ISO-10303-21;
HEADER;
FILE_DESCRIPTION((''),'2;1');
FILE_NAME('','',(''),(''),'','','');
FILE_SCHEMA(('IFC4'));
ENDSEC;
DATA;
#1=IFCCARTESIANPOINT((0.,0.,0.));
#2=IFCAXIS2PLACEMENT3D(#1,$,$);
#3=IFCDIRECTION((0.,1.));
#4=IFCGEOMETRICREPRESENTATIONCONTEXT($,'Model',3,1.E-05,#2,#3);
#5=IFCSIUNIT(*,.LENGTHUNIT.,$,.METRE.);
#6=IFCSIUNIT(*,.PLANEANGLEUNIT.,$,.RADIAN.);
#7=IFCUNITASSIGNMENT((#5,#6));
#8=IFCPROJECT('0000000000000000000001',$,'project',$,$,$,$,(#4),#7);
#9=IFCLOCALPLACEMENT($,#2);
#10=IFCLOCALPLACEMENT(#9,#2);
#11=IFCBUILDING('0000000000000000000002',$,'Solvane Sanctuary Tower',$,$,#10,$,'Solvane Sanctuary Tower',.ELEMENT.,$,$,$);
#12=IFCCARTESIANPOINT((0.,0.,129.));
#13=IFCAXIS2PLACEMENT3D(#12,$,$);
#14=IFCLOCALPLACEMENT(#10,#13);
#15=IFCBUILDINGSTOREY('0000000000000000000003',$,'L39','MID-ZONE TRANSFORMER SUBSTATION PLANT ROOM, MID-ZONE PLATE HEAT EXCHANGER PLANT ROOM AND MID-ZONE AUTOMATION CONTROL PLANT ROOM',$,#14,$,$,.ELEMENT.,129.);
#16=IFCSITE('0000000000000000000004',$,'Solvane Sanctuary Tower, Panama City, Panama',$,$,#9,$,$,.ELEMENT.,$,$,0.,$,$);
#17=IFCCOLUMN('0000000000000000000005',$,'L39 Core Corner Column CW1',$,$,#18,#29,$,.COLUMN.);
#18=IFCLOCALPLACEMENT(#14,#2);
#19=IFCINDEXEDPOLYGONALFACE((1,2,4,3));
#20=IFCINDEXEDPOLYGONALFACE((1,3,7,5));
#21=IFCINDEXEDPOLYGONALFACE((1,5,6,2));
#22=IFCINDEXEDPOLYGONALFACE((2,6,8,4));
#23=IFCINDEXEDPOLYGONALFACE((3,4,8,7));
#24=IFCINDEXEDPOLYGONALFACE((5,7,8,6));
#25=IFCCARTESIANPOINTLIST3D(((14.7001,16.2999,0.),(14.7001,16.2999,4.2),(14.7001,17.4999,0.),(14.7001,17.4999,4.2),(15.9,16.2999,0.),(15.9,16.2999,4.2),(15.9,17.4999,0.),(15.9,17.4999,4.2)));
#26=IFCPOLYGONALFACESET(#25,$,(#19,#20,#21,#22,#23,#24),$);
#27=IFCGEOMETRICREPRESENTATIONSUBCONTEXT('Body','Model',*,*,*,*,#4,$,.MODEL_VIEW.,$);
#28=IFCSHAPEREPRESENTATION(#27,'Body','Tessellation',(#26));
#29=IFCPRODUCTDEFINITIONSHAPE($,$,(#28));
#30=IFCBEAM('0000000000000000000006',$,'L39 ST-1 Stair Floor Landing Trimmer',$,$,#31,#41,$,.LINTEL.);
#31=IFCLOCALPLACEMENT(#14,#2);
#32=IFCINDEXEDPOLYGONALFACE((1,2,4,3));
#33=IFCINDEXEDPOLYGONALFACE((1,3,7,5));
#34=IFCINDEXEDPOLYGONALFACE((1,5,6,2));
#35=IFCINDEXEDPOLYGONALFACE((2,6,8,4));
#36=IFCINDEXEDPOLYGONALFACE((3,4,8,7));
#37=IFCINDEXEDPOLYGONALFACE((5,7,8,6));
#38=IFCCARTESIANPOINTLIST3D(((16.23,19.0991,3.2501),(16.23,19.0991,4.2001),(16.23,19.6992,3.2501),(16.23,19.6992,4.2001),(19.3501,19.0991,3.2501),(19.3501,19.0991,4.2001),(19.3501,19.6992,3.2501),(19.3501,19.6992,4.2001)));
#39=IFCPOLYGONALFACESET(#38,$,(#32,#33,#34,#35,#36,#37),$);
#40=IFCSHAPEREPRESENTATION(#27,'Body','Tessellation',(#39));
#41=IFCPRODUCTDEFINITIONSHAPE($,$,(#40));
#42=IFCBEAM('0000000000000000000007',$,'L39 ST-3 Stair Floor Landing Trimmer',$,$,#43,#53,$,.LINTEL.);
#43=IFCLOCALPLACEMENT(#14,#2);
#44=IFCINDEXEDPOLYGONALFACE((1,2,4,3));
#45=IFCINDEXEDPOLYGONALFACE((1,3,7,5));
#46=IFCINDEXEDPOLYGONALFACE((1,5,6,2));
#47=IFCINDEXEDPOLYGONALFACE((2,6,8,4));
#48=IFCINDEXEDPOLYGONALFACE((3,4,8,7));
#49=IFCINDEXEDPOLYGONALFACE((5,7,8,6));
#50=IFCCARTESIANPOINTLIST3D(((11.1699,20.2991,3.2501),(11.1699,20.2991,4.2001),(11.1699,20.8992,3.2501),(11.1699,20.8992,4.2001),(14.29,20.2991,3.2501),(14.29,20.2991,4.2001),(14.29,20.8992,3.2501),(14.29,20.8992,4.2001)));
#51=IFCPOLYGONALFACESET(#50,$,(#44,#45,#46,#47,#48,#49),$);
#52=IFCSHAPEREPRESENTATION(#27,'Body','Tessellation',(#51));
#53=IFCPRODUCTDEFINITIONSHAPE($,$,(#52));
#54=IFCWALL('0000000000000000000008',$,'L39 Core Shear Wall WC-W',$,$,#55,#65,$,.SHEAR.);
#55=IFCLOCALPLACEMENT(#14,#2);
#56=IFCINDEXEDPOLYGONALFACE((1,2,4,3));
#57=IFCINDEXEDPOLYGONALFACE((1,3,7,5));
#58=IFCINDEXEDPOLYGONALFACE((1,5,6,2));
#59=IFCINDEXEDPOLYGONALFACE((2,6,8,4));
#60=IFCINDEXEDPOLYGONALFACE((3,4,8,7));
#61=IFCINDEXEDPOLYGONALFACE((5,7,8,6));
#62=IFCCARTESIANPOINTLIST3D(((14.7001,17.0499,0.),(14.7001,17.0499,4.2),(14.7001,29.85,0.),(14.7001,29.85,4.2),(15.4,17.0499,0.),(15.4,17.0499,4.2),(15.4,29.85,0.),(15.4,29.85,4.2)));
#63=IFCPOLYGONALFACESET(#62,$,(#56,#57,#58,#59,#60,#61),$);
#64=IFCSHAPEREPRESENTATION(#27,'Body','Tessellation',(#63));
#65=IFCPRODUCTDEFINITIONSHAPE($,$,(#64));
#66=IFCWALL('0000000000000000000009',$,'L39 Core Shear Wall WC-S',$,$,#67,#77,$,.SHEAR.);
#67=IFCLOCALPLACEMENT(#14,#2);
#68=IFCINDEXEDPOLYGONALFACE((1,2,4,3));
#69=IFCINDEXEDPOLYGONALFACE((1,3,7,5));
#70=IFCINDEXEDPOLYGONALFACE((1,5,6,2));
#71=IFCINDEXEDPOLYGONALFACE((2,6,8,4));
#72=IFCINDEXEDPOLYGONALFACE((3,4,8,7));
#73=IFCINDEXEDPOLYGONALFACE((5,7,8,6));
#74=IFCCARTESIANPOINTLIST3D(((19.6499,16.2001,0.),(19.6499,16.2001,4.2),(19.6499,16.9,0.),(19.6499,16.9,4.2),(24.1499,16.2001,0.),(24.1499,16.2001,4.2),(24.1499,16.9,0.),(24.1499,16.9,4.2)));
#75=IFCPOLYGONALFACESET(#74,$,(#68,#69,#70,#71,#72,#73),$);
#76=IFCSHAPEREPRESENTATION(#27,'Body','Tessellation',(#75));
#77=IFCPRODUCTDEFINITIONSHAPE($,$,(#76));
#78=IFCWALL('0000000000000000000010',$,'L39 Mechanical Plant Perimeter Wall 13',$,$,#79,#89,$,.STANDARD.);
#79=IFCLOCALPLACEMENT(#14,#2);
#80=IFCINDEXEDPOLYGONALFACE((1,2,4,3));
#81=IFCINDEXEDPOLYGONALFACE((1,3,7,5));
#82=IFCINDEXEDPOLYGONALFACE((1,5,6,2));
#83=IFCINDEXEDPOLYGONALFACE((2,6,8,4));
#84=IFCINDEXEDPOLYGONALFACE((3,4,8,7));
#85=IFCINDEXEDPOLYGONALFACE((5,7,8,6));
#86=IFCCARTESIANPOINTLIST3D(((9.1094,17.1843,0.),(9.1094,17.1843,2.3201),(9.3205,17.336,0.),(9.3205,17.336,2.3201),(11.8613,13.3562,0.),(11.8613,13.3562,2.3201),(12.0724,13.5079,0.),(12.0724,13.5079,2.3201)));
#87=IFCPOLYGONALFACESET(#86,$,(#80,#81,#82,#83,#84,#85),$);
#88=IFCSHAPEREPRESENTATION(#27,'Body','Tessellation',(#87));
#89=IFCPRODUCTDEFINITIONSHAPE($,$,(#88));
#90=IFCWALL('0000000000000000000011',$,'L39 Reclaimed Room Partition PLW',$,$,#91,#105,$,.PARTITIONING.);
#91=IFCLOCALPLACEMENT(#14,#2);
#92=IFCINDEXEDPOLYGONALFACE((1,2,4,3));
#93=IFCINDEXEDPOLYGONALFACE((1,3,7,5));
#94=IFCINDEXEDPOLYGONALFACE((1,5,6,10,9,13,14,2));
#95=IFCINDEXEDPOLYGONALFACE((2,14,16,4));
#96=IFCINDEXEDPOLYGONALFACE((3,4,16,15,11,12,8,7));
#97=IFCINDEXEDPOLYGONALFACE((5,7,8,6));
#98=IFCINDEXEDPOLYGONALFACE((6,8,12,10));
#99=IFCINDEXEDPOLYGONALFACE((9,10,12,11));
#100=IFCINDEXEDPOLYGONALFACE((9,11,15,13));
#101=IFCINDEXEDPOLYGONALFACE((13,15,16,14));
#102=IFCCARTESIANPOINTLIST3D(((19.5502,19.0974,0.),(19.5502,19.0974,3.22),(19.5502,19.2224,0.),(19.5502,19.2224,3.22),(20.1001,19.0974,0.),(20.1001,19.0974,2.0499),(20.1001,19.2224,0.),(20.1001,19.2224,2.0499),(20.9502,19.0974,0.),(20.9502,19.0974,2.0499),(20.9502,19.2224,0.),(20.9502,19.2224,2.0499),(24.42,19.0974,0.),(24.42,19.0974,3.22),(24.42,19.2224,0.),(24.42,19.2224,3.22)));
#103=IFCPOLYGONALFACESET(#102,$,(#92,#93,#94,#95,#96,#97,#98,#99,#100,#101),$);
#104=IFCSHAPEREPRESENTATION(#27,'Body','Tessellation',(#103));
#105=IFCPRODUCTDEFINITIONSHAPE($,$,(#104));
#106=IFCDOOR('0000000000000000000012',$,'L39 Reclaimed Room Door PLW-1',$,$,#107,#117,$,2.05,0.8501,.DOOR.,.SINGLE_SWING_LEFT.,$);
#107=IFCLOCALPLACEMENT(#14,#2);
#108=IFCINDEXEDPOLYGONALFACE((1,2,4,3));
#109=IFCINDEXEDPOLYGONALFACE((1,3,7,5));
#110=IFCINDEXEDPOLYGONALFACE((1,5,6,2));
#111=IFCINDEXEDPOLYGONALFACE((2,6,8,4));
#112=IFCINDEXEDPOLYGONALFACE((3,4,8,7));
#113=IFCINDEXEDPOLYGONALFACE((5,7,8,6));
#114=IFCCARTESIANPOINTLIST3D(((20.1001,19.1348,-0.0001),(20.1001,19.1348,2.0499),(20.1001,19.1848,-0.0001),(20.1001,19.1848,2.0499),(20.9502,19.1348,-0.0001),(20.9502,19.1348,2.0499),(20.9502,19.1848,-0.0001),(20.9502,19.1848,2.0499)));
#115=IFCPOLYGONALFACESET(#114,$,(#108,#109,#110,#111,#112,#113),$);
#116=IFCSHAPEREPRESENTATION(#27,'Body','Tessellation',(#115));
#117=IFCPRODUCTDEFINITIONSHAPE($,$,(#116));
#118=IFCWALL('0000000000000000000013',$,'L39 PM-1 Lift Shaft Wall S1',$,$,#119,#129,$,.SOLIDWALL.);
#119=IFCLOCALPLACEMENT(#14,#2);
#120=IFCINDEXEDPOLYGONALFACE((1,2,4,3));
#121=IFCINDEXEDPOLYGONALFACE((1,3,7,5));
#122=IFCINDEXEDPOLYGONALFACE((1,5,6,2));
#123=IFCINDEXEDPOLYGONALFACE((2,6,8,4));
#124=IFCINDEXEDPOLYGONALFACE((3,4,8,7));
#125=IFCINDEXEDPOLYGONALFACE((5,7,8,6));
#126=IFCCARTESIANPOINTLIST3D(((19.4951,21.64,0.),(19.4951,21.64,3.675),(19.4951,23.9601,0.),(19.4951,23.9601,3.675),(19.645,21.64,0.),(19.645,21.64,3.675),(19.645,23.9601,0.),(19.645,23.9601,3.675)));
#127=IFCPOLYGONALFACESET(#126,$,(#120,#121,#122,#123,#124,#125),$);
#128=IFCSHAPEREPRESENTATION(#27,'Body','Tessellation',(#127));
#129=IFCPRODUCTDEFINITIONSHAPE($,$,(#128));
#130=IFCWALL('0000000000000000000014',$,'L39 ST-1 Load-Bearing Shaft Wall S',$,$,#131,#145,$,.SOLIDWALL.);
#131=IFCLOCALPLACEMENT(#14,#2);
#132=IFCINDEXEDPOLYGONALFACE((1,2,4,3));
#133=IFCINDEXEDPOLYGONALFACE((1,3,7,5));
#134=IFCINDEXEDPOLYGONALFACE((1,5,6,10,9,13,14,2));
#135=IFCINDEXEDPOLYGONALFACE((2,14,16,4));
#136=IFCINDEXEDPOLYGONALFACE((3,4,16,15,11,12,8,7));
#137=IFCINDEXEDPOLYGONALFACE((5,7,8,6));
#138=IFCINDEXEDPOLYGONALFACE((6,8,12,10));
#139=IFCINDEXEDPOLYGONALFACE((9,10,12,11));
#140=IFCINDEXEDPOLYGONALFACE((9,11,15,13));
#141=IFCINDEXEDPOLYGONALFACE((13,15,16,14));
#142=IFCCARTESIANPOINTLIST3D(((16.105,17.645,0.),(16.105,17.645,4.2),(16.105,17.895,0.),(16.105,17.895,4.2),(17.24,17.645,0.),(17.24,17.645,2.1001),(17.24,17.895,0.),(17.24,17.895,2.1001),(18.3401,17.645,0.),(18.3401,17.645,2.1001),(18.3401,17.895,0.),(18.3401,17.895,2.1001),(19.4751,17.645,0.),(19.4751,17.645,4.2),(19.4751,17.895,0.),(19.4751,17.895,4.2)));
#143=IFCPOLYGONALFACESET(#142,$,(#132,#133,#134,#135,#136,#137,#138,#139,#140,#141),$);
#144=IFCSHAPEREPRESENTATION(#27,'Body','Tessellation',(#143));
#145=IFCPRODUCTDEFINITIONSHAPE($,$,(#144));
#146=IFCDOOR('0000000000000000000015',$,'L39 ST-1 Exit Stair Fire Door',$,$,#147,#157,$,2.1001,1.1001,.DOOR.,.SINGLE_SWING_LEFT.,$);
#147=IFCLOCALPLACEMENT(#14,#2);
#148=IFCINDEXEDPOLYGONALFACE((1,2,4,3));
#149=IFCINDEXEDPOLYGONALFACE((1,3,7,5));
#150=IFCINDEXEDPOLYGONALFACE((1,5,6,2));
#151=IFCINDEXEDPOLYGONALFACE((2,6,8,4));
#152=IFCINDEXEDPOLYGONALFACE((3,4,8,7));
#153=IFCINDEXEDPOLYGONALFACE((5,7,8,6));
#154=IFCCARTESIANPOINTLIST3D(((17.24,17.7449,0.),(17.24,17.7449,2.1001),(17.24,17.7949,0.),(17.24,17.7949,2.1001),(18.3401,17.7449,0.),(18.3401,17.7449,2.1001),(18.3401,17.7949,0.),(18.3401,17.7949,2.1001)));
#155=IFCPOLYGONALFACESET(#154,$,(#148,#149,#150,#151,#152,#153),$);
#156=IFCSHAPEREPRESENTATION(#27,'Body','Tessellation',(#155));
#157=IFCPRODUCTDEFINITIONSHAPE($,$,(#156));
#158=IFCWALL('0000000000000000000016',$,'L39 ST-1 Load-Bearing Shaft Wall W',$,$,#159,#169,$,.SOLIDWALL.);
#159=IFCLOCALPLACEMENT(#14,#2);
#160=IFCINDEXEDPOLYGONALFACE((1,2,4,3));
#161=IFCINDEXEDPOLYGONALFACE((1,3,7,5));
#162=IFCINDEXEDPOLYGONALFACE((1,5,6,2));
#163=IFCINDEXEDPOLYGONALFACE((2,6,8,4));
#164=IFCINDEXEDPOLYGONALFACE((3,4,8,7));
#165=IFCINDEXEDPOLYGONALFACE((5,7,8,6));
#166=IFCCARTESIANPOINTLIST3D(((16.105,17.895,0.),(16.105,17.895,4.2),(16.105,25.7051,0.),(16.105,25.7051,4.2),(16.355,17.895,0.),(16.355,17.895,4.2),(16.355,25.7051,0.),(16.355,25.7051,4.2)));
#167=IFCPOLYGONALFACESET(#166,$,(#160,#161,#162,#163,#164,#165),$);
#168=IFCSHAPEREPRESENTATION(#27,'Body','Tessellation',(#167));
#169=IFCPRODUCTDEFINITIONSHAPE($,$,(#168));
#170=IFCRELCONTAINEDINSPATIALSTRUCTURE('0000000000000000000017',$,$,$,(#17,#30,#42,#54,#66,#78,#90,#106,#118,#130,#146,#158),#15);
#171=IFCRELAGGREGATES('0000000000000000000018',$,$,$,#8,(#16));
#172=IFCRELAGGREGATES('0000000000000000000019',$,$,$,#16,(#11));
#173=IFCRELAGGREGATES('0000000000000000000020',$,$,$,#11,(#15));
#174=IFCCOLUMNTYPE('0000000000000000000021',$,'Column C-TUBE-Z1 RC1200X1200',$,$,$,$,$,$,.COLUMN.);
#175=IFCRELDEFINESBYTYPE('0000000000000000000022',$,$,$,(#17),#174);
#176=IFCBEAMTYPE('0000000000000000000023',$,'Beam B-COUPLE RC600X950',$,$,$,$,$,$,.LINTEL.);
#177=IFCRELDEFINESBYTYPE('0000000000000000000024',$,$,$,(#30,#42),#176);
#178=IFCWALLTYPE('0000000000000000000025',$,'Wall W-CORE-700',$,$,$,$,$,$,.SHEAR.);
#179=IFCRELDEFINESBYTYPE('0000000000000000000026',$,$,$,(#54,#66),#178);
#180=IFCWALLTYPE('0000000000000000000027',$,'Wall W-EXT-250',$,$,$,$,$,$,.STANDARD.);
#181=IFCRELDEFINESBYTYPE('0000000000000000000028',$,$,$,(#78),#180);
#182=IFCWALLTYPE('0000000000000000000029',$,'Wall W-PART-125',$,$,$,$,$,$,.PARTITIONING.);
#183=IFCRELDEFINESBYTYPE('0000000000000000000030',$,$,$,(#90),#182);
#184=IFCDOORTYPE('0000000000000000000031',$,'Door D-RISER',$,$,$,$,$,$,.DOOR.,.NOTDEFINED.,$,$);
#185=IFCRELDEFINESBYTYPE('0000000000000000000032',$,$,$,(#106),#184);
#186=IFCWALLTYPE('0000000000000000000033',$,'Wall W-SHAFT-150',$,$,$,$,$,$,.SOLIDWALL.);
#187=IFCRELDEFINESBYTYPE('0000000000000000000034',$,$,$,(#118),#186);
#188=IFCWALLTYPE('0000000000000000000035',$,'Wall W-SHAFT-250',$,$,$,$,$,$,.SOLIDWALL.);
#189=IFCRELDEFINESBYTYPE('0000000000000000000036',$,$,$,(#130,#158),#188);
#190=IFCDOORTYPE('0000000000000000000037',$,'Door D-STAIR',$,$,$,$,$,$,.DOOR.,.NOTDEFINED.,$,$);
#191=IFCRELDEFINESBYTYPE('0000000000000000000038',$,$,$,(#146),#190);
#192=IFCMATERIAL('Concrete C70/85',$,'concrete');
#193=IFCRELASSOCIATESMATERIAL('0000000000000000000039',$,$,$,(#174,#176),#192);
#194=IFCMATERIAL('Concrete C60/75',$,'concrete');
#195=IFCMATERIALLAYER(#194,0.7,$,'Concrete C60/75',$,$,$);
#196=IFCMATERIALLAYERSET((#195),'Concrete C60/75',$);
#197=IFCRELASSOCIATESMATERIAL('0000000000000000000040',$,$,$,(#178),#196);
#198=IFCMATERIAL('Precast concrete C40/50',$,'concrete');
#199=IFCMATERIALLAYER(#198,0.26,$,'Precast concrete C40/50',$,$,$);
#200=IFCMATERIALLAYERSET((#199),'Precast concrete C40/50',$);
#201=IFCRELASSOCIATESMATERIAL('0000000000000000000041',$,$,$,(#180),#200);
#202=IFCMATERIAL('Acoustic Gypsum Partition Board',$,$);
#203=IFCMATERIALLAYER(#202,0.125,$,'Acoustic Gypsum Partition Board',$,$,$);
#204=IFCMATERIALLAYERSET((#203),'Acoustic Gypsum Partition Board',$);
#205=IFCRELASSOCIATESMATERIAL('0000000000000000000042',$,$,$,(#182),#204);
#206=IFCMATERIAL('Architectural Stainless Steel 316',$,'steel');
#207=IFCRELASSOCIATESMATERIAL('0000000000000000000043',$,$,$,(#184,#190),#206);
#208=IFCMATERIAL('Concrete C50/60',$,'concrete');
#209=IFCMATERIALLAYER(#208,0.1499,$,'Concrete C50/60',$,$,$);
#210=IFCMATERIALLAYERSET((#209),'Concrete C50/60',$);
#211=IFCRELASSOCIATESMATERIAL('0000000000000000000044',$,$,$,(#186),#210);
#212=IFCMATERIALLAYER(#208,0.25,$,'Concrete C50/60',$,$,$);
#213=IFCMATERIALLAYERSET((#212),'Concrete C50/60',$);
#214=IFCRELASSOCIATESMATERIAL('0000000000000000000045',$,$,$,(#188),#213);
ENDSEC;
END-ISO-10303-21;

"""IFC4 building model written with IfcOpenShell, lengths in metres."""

from ifc_helpers import new_model, si_unit, direction, frame, frame_2d, origin, origin_2d, place, context, subcontext, project, spatial, rectangle, extrude, material, layer, layer_set, material_profile, profile_set, type_object, element, fill, save


model = new_model("IFC4")

# Units and contexts
model_context = context("Model", 3, precision=1e-05, world=origin(), true_north=direction((0.0, 1.0)))
body_context = subcontext(model_context, "Body", "Model", "MODEL_VIEW")
ifc_project = project(units=[si_unit("LENGTHUNIT", "METRE"), si_unit("PLANEANGLEUNIT", "RADIAN")], contexts=[model_context])

# Site, building, storey
site_placement = place(None, origin())
site = spatial("IfcSite", under=ifc_project, at=site_placement, Name="Solvane Sanctuary Tower, Panama City, Panama", CompositionType="ELEMENT", RefElevation=0.0)
building_placement = place(site_placement, origin())
building = spatial("IfcBuilding", under=site, at=building_placement, Name="Solvane Sanctuary Tower", LongName="Solvane Sanctuary Tower", CompositionType="ELEMENT")
storey_placement = place(building_placement, frame((0.0, 0.0, 129.0)))
storey = spatial("IfcBuildingStorey", under=building, at=storey_placement, Name="L39", Description="MID-ZONE TRANSFORMER SUBSTATION PLANT ROOM, MID-ZONE PLATE HEAT EXCHANGER PLANT ROOM AND MID-ZONE AUTOMATION CONTROL PLANT ROOM", CompositionType="ELEMENT", Elevation=129.0)

# Column
ifc_material_1 = material(Name="Concrete C70/85", Category="concrete")
ifc_material_profile_1 = material_profile(ifc_material_1, rectangle(XDim=1.2, YDim=1.2, at=origin_2d()), Name="RC1200X1200")
ifc_profile_set_1 = profile_set([ifc_material_profile_1], Name="Concrete C70/85")
column_type = type_object("IfcColumnType", Name="Column C-TUBE-Z1 RC1200X1200", PredefinedType="COLUMN", material=ifc_profile_set_1)
column_placement = place(storey_placement, frame((15.3, 16.8999, 0.0), z_axis=(0.0, 0.0, 1.0), x_axis=(1.0, 0.0, 0.0)))
element("IfcColumn", 1, at=column_placement, inside=storey, type_object=column_type, Name="L39 Core Corner Column CW1", PredefinedType="COLUMN", context=body_context, shape_type="SweptSolid", body=[
    extrude(rectangle(XDim=1.2, YDim=1.2, at=origin_2d()), origin(), (0.0, 0.0, 1.0), 4.2),
])

# Beams
ifc_material_profile_2 = material_profile(ifc_material_1, rectangle(XDim=0.6001, YDim=0.95, at=origin_2d()), Name="RC600X950")
ifc_profile_set_2 = profile_set([ifc_material_profile_2], Name="Concrete C70/85")
beam_type = type_object("IfcBeamType", Name="Beam B-COUPLE RC600X950", PredefinedType="LINTEL", material=ifc_profile_set_2)
for number, where, z_axis, x_axis, name in (
    (2, (16.23, 19.3992, 3.7251), (1.0, 0.0, 0.0), (0.0, 1.0, 0.0), "L39 ST-1 Stair Floor Landing Trimmer"),
    (3, (11.1699, 20.5991, 3.7251), (1.0, 0.0, 0.0), (0.0, 1.0, 0.0), "L39 ST-3 Stair Floor Landing Trimmer"),
):
    element("IfcBeam", number, at=place(storey_placement, frame(where, z_axis=z_axis, x_axis=x_axis)), inside=storey, type_object=beam_type, Name=name, PredefinedType="LINTEL", context=body_context, shape_type="SweptSolid", body=[
        extrude(rectangle(XDim=0.6001, YDim=0.95, at=origin_2d()), origin(), (0.0, 0.0, 1.0), 3.1201),
    ])

# Walls
ifc_material_2 = material(Name="Concrete C60/75", Category="concrete")
ifc_layer_1 = layer(ifc_material_2, 0.7, Name="Concrete C60/75")
ifc_layer_set_1 = layer_set([ifc_layer_1], Name="Concrete C60/75")
wall_type_1 = type_object("IfcWallType", Name="Wall W-CORE-700", PredefinedType="SHEAR", material=ifc_layer_set_1)
wall_1_placement = place(storey_placement, frame((15.05, 17.05, 0.0), z_axis=(0.0, 0.0, 1.0), x_axis=(0.0, 1.0, 0.0)))
element("IfcWall", 4, at=wall_1_placement, inside=storey, type_object=wall_type_1, Name="L39 Core Shear Wall WC-W", PredefinedType="SHEAR", context=body_context, shape_type="SweptSolid", body=[
    extrude(rectangle(XDim=12.8, YDim=0.7, at=frame_2d((6.3999, 0.0))), origin(), (0.0, 0.0, 1.0), 4.2),
])
wall_2_placement = place(storey_placement, frame((19.6499, 16.55, 0.0), z_axis=(0.0, 0.0, 1.0), x_axis=(1.0, 0.0, 0.0)))
element("IfcWall", 5, at=wall_2_placement, inside=storey, type_object=wall_type_1, Name="L39 Core Shear Wall WC-S", PredefinedType="SHEAR", context=body_context, shape_type="SweptSolid", body=[
    extrude(rectangle(XDim=4.5, YDim=0.7, at=frame_2d((2.25, 0.0))), origin(), (0.0, 0.0, 1.0), 4.2),
])
ifc_material_3 = material(Name="Precast concrete C40/50", Category="concrete")
ifc_layer_2 = layer(ifc_material_3, 0.26, Name="Precast concrete C40/50")
ifc_layer_set_2 = layer_set([ifc_layer_2], Name="Precast concrete C40/50")
wall_type_2 = type_object("IfcWallType", Name="Wall W-EXT-250", PredefinedType="STANDARD", material=ifc_layer_set_2)
wall_3_placement = place(storey_placement, frame((9.2148, 17.2603, 0.0), z_axis=(0.0, 0.0, 1.0), x_axis=(0.583704, -0.811966, 0.0)))
element("IfcWall", 6, at=wall_3_placement, inside=storey, type_object=wall_type_2, Name="L39 Mechanical Plant Perimeter Wall 13", PredefinedType="STANDARD", context=body_context, shape_type="SweptSolid", body=[
    extrude(rectangle(XDim=4.7146, YDim=0.26, at=frame_2d((2.3574, 0.0))), origin(), (0.0, 0.0, 1.0), 2.3201),
])

# Wall, opening, door
ifc_material_4 = material(Name="Acoustic Gypsum Partition Board")
ifc_layer_3 = layer(ifc_material_4, 0.125, Name="Acoustic Gypsum Partition Board")
ifc_layer_set_3 = layer_set([ifc_layer_3], Name="Acoustic Gypsum Partition Board")
wall_type_3 = type_object("IfcWallType", Name="Wall W-PART-125", PredefinedType="PARTITIONING", material=ifc_layer_set_3)
wall_4_placement = place(storey_placement, frame((19.55, 19.1599, 0.0), z_axis=(0.0, 0.0, 1.0), x_axis=(1.0, 0.0, 0.0)))
wall_4 = element("IfcWall", 7, at=wall_4_placement, inside=storey, type_object=wall_type_3, Name="L39 Reclaimed Room Partition PLW", PredefinedType="PARTITIONING", context=body_context, shape_type="SweptSolid", body=[
    extrude(rectangle(XDim=4.8699, YDim=0.125, at=frame_2d((2.4351, 0.0))), origin(), (0.0, 0.0, 1.0), 3.22),
])
opening_1_placement = place(wall_4_placement, frame((0.55, 0.0, 0.0)))
opening_1 = element("IfcOpeningElement", 8, at=opening_1_placement, cuts=wall_4, PredefinedType="OPENING", context=body_context, shape_type="SweptSolid", body=[
    extrude(rectangle(XDim=0.8501, YDim=2.05, at=frame_2d((0.425, 1.0249))), frame((0.0, 0.0725, 0.0), z_axis=(0.0, -1.0, 0.0), x_axis=(1.0, 0.0, 0.0)), (0.0, 0.0, 1.0), 0.145),
])
ifc_material_5 = material(Name="Architectural Stainless Steel 316", Category="steel")
door_type_1 = type_object("IfcDoorType", Name="Door D-RISER", OperationType="NOTDEFINED", PredefinedType="DOOR", material=ifc_material_5)
door_1_placement = place(opening_1_placement, origin())
door_1 = element("IfcDoor", 9, at=door_1_placement, inside=storey, type_object=door_type_1, Name="L39 Reclaimed Room Door PLW-1", OperationType="SINGLE_SWING_LEFT", OverallHeight=2.05, OverallWidth=0.8501, PredefinedType="DOOR", context=body_context, shape_type="SweptSolid", body=[
    extrude(rectangle(XDim=0.8501, YDim=2.05, at=frame_2d((0.425, 1.0249))), frame((0.0, 0.0249, 0.0), z_axis=(0.0, -1.0, 0.0), x_axis=(1.0, 0.0, 0.0)), (0.0, 0.0, 1.0), 0.05),
])
fill(opening_1, door_1)

# Wall
ifc_material_6 = material(Name="Concrete C50/60", Category="concrete")
ifc_layer_4 = layer(ifc_material_6, 0.1499, Name="Concrete C50/60")
ifc_layer_set_4 = layer_set([ifc_layer_4], Name="Concrete C50/60")
wall_type_4 = type_object("IfcWallType", Name="Wall W-SHAFT-150", PredefinedType="SOLIDWALL", material=ifc_layer_set_4)
wall_5_placement = place(storey_placement, frame((19.5701, 21.6399, 0.0), z_axis=(0.0, 0.0, 1.0), x_axis=(0.0, 1.0, 0.0)))
element("IfcWall", 10, at=wall_5_placement, inside=storey, type_object=wall_type_4, Name="L39 PM-1 Lift Shaft Wall S1", PredefinedType="SOLIDWALL", context=body_context, shape_type="SweptSolid", body=[
    extrude(rectangle(XDim=2.3201, YDim=0.1499, at=frame_2d((1.1602, 0.0))), origin(), (0.0, 0.0, 1.0), 3.675),
])

# Wall, opening, door
ifc_layer_5 = layer(ifc_material_6, 0.25, Name="Concrete C50/60")
ifc_layer_set_5 = layer_set([ifc_layer_5], Name="Concrete C50/60")
wall_type_5 = type_object("IfcWallType", Name="Wall W-SHAFT-250", PredefinedType="SOLIDWALL", material=ifc_layer_set_5)
wall_6_placement = place(storey_placement, frame((16.105, 17.77, 0.0), z_axis=(0.0, 0.0, 1.0), x_axis=(1.0, 0.0, 0.0)))
wall_6 = element("IfcWall", 11, at=wall_6_placement, inside=storey, type_object=wall_type_5, Name="L39 ST-1 Load-Bearing Shaft Wall S", PredefinedType="SOLIDWALL", context=body_context, shape_type="SweptSolid", body=[
    extrude(rectangle(XDim=3.3701, YDim=0.25, at=frame_2d((1.6851, 0.0))), origin(), (0.0, 0.0, 1.0), 4.2),
])
opening_2_placement = place(wall_6_placement, frame((1.135, 0.0, 0.0)))
opening_2 = element("IfcOpeningElement", 12, at=opening_2_placement, cuts=wall_6, PredefinedType="OPENING", context=body_context, shape_type="SweptSolid", body=[
    extrude(rectangle(XDim=1.1001, YDim=2.1001, at=frame_2d((0.55, 1.05))), frame((0.0, 0.135, 0.0), z_axis=(0.0, -1.0, 0.0), x_axis=(1.0, 0.0, 0.0)), (0.0, 0.0, 1.0), 0.27),
])
door_type_2 = type_object("IfcDoorType", Name="Door D-STAIR", OperationType="NOTDEFINED", PredefinedType="DOOR", material=ifc_material_5)
door_2_placement = place(opening_2_placement, origin())
door_2 = element("IfcDoor", 13, at=door_2_placement, inside=storey, type_object=door_type_2, Name="L39 ST-1 Exit Stair Fire Door", OperationType="SINGLE_SWING_LEFT", OverallHeight=2.1001, OverallWidth=1.1001, PredefinedType="DOOR", context=body_context, shape_type="SweptSolid", body=[
    extrude(rectangle(XDim=1.1001, YDim=2.1001, at=frame_2d((0.55, 1.05))), frame((0.0, 0.0249, 0.0), z_axis=(0.0, -1.0, 0.0), x_axis=(1.0, 0.0, 0.0)), (0.0, 0.0, 1.0), 0.05),
])
fill(opening_2, door_2)

# Wall
for number, where, z_axis, x_axis, name in (
    (14, (16.23, 17.895, 0.0), (0.0, 0.0, 1.0), (0.0, 1.0, 0.0), "L39 ST-1 Load-Bearing Shaft Wall W"),
):
    element("IfcWall", number, at=place(storey_placement, frame(where, z_axis=z_axis, x_axis=x_axis)), inside=storey, type_object=wall_type_5, Name=name, PredefinedType="SOLIDWALL", context=body_context, shape_type="SweptSolid", body=[
        extrude(rectangle(XDim=7.8101, YDim=0.25, at=frame_2d((3.905, 0.0))), origin(), (0.0, 0.0, 1.0), 4.2),
    ])

save(model, "model.ifc")
